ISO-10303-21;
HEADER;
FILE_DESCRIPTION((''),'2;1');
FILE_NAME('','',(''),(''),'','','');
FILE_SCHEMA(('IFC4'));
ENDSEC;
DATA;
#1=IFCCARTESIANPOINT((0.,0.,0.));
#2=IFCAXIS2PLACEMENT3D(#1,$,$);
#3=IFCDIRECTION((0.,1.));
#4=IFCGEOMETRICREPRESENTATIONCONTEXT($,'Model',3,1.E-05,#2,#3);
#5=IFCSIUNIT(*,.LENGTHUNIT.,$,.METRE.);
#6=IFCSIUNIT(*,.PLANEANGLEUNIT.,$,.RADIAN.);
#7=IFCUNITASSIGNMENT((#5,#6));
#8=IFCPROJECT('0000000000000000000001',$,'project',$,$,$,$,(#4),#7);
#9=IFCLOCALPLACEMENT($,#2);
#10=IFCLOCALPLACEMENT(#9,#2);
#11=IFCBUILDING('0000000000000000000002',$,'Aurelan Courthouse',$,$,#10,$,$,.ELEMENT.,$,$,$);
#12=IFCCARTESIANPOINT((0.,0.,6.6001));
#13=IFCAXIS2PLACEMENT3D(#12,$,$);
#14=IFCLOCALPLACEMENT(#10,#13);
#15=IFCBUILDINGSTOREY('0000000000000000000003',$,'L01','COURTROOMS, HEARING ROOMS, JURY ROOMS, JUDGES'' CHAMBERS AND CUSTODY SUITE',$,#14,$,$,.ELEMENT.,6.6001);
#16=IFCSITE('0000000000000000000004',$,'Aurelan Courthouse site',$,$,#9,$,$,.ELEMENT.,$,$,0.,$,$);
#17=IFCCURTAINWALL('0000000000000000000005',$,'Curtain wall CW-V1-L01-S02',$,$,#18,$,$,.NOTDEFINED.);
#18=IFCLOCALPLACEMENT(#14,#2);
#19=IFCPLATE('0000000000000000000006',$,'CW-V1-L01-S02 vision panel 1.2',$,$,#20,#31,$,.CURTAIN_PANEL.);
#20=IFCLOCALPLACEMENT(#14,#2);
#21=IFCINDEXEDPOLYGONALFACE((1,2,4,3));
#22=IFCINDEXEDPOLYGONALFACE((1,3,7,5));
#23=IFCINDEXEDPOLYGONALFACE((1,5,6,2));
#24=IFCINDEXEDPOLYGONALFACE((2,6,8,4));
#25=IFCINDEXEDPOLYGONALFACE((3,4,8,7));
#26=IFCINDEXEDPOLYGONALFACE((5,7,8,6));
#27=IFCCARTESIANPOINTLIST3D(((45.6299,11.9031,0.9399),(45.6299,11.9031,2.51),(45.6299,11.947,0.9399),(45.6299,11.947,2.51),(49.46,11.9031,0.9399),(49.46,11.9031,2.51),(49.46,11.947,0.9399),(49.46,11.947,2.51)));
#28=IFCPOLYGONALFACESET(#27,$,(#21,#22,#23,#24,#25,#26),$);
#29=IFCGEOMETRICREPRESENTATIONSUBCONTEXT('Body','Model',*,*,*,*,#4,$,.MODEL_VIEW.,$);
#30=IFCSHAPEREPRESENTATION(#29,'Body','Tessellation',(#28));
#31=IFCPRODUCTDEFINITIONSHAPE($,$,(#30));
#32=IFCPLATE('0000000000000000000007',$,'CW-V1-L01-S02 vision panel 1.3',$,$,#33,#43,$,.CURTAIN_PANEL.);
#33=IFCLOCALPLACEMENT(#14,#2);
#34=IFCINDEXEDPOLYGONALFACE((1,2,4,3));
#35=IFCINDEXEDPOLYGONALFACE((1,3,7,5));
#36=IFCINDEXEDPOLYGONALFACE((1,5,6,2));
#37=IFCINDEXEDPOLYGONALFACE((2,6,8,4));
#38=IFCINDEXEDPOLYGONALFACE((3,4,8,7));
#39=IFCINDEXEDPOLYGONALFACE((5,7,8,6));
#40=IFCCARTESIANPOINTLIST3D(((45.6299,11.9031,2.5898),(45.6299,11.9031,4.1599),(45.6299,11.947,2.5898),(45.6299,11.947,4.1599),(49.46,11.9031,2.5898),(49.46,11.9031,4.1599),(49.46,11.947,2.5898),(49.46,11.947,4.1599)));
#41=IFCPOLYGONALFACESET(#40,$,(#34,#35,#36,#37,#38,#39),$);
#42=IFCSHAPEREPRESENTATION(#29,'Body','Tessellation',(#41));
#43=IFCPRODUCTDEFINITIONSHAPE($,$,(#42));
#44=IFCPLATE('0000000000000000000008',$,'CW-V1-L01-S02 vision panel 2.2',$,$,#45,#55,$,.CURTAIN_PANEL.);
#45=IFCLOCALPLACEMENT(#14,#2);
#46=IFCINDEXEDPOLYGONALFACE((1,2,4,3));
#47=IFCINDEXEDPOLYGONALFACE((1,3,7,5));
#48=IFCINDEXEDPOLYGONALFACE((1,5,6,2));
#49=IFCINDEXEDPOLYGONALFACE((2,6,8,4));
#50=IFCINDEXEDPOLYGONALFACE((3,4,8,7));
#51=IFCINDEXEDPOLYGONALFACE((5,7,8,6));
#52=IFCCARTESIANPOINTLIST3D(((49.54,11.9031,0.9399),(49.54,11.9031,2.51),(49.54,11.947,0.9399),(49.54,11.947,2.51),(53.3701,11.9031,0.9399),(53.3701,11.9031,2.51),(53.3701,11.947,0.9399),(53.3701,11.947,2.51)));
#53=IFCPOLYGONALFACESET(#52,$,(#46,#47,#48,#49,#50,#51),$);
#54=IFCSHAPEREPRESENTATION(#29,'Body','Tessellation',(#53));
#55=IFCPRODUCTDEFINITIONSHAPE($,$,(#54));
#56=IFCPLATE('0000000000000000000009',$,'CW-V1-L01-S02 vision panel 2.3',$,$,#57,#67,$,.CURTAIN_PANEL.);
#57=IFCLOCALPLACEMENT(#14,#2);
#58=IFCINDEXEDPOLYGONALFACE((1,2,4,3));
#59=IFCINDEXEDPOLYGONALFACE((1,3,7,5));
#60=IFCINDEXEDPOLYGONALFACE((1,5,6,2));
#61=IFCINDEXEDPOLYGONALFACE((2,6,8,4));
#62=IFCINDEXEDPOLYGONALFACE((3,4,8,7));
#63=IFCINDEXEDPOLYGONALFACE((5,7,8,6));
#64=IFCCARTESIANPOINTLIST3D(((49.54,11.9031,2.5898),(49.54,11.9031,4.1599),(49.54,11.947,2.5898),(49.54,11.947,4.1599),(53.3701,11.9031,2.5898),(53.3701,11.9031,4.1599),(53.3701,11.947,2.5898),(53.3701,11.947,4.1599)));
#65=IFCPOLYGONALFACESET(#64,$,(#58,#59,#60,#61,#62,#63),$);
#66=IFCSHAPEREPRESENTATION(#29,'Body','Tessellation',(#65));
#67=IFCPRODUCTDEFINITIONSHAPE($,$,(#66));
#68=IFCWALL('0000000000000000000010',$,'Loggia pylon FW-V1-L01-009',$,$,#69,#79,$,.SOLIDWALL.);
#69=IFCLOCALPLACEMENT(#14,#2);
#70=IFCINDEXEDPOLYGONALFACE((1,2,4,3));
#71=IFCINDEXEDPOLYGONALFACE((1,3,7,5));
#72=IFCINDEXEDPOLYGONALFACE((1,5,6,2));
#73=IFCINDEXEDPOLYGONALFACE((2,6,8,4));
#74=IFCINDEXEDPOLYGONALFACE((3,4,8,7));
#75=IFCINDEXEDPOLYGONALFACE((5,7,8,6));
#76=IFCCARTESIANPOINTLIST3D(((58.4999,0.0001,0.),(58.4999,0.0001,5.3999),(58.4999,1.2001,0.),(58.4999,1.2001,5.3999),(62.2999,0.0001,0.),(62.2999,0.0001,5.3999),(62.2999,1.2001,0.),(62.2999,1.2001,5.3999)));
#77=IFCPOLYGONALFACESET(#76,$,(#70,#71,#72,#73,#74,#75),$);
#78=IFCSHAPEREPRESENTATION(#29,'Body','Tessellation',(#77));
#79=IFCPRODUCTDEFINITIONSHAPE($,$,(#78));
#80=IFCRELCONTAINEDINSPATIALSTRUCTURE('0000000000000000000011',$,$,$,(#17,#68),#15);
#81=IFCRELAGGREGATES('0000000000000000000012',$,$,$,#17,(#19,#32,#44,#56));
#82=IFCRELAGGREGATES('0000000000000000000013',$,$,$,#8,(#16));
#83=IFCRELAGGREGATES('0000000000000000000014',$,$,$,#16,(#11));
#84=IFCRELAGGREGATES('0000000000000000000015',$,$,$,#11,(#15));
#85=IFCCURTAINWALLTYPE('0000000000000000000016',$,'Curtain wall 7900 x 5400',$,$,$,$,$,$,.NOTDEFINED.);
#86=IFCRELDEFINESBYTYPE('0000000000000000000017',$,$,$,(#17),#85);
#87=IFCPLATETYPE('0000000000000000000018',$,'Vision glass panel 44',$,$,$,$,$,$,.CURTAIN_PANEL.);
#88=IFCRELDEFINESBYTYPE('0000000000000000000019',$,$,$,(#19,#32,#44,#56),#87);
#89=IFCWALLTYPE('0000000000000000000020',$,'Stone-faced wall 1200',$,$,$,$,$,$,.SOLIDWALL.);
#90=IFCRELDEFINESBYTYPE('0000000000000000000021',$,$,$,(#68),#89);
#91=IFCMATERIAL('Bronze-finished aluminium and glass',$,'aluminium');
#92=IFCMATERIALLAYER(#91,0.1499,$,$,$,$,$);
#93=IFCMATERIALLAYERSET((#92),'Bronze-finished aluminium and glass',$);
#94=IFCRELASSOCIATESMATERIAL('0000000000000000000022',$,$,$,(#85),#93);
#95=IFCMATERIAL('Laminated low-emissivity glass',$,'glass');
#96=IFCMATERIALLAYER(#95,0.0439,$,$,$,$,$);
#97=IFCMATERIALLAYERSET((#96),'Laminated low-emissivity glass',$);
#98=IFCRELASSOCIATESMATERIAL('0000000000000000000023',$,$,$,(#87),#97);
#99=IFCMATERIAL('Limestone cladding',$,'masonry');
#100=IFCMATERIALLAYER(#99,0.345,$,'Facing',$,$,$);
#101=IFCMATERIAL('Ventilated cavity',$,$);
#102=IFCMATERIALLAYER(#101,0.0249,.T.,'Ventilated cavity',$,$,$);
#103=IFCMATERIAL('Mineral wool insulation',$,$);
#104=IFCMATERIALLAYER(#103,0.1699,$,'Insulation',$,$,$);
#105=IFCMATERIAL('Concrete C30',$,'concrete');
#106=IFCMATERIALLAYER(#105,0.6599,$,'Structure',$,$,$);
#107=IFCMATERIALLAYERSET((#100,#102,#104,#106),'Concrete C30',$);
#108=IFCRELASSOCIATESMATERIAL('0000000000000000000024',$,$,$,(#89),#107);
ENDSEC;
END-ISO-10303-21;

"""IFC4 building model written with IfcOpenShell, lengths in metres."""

from ifc_helpers import new_model, si_unit, direction, frame, frame_2d, origin, origin_2d, place, context, subcontext, project, spatial, rectangle, extrude, material, layer, layer_set, type_object, element, aggregate, save


model = new_model("IFC4")

# Units and contexts
model_context = context("Model", 3, precision=1e-05, world=origin(), true_north=direction((0.0, 1.0)))
body_context = subcontext(model_context, "Body", "Model", "MODEL_VIEW")
ifc_project = project(units=[si_unit("LENGTHUNIT", "METRE"), si_unit("PLANEANGLEUNIT", "RADIAN")], contexts=[model_context])

# Site, building, storey
site_placement = place(None, origin())
site = spatial("IfcSite", under=ifc_project, at=site_placement, Name="Aurelan Courthouse site", CompositionType="ELEMENT", RefElevation=0.0)
building_placement = place(site_placement, origin())
building = spatial("IfcBuilding", under=site, at=building_placement, Name="Aurelan Courthouse", CompositionType="ELEMENT")
storey_placement = place(building_placement, frame((0.0, 0.0, 6.6001)))
storey = spatial("IfcBuildingStorey", under=building, at=storey_placement, Name="L01", Description="COURTROOMS, HEARING ROOMS, JURY ROOMS, JUDGES' CHAMBERS AND CUSTODY SUITE", CompositionType="ELEMENT", Elevation=6.6001)

# Curtain wall
ifc_material_1 = material(Name="Bronze-finished aluminium and glass", Category="aluminium")
ifc_layer_1 = layer(ifc_material_1, 0.1499)
ifc_layer_set_1 = layer_set([ifc_layer_1], Name="Bronze-finished aluminium and glass")
curtain_wall_type_1 = type_object("IfcCurtainWallType", Name="Curtain wall 7900 x 5400", PredefinedType="NOTDEFINED", material=ifc_layer_set_1)
curtain_wall_1_placement = place(storey_placement, origin())
curtain_wall_1 = element("IfcCurtainWall", 1, at=curtain_wall_1_placement, inside=storey, type_object=curtain_wall_type_1, Name="Curtain wall CW-V1-L01-S02", PredefinedType="NOTDEFINED")

# Plates
ifc_material_2 = material(Name="Limestone cladding", Category="masonry")
ifc_material_3 = material(Name="Laminated low-emissivity glass", Category="glass")
ifc_layer_2 = layer(ifc_material_3, 0.0439)
ifc_layer_set_2 = layer_set([ifc_layer_2], Name="Laminated low-emissivity glass")
plate_type_1 = type_object("IfcPlateType", Name="Vision glass panel 44", PredefinedType="CURTAIN_PANEL", material=ifc_layer_set_2)
plate_1_placement = place(storey_placement, frame((47.5449, 11.925, 0.9399), z_axis=(0.0, 0.0, 1.0), x_axis=(1.0, 0.0, 0.0)))
plate_1 = element("IfcPlate", 2, at=plate_1_placement, type_object=plate_type_1, Name="CW-V1-L01-S02 vision panel 1.2", PredefinedType="CURTAIN_PANEL", context=body_context, shape_type="SweptSolid", body=[
    extrude(rectangle(XDim=3.8301, YDim=0.0439, at=origin_2d()), origin(), (0.0, 0.0, 1.0), 1.5701),
])
plate_2_placement = place(storey_placement, frame((47.5449, 11.925, 2.5898), z_axis=(0.0, 0.0, 1.0), x_axis=(1.0, 0.0, 0.0)))
plate_2 = element("IfcPlate", 3, at=plate_2_placement, type_object=plate_type_1, Name="CW-V1-L01-S02 vision panel 1.3", PredefinedType="CURTAIN_PANEL", context=body_context, shape_type="SweptSolid", body=[
    extrude(rectangle(XDim=3.8301, YDim=0.0439, at=origin_2d()), origin(), (0.0, 0.0, 1.0), 1.5701),
])
plate_3_placement = place(storey_placement, frame((51.4551, 11.925, 0.9399), z_axis=(0.0, 0.0, 1.0), x_axis=(1.0, 0.0, 0.0)))
plate_3 = element("IfcPlate", 4, at=plate_3_placement, type_object=plate_type_1, Name="CW-V1-L01-S02 vision panel 2.2", PredefinedType="CURTAIN_PANEL", context=body_context, shape_type="SweptSolid", body=[
    extrude(rectangle(XDim=3.8301, YDim=0.0439, at=origin_2d()), origin(), (0.0, 0.0, 1.0), 1.5701),
])
plate_4_placement = place(storey_placement, frame((51.4551, 11.925, 2.5898), z_axis=(0.0, 0.0, 1.0), x_axis=(1.0, 0.0, 0.0)))
plate_4 = element("IfcPlate", 5, at=plate_4_placement, type_object=plate_type_1, Name="CW-V1-L01-S02 vision panel 2.3", PredefinedType="CURTAIN_PANEL", context=body_context, shape_type="SweptSolid", body=[
    extrude(rectangle(XDim=3.8301, YDim=0.0439, at=origin_2d()), origin(), (0.0, 0.0, 1.0), 1.5701),
])
aggregate(curtain_wall_1, [plate_1, plate_2, plate_3, plate_4])

# Wall
ifc_layer_3 = layer(ifc_material_2, 0.345, Name="Facing")
ifc_material_4 = material(Name="Ventilated cavity")
ifc_layer_4 = layer(ifc_material_4, 0.0249, ventilated=True, Name="Ventilated cavity")
ifc_material_5 = material(Name="Mineral wool insulation")
ifc_layer_5 = layer(ifc_material_5, 0.1699, Name="Insulation")
ifc_material_6 = material(Name="Concrete C30", Category="concrete")
ifc_layer_6 = layer(ifc_material_6, 0.6599, Name="Structure")
ifc_layer_set_3 = layer_set([ifc_layer_3, ifc_layer_4, ifc_layer_5, ifc_layer_6], Name="Concrete C30")
wall_type = type_object("IfcWallType", Name="Stone-faced wall 1200", PredefinedType="SOLIDWALL", material=ifc_layer_set_3)
wall_placement = place(storey_placement, frame((58.5, 0.6001, 0.0), z_axis=(0.0, 0.0, 1.0), x_axis=(1.0, 0.0, 0.0)))
element("IfcWall", 6, at=wall_placement, inside=storey, type_object=wall_type, Name="Loggia pylon FW-V1-L01-009", PredefinedType="SOLIDWALL", context=body_context, shape_type="SweptSolid", body=[
    extrude(rectangle(XDim=3.8, YDim=1.2, at=frame_2d((1.8999, 0.0))), origin(), (0.0, 0.0, 1.0), 5.3999),
])

save(model, "model.ifc")
